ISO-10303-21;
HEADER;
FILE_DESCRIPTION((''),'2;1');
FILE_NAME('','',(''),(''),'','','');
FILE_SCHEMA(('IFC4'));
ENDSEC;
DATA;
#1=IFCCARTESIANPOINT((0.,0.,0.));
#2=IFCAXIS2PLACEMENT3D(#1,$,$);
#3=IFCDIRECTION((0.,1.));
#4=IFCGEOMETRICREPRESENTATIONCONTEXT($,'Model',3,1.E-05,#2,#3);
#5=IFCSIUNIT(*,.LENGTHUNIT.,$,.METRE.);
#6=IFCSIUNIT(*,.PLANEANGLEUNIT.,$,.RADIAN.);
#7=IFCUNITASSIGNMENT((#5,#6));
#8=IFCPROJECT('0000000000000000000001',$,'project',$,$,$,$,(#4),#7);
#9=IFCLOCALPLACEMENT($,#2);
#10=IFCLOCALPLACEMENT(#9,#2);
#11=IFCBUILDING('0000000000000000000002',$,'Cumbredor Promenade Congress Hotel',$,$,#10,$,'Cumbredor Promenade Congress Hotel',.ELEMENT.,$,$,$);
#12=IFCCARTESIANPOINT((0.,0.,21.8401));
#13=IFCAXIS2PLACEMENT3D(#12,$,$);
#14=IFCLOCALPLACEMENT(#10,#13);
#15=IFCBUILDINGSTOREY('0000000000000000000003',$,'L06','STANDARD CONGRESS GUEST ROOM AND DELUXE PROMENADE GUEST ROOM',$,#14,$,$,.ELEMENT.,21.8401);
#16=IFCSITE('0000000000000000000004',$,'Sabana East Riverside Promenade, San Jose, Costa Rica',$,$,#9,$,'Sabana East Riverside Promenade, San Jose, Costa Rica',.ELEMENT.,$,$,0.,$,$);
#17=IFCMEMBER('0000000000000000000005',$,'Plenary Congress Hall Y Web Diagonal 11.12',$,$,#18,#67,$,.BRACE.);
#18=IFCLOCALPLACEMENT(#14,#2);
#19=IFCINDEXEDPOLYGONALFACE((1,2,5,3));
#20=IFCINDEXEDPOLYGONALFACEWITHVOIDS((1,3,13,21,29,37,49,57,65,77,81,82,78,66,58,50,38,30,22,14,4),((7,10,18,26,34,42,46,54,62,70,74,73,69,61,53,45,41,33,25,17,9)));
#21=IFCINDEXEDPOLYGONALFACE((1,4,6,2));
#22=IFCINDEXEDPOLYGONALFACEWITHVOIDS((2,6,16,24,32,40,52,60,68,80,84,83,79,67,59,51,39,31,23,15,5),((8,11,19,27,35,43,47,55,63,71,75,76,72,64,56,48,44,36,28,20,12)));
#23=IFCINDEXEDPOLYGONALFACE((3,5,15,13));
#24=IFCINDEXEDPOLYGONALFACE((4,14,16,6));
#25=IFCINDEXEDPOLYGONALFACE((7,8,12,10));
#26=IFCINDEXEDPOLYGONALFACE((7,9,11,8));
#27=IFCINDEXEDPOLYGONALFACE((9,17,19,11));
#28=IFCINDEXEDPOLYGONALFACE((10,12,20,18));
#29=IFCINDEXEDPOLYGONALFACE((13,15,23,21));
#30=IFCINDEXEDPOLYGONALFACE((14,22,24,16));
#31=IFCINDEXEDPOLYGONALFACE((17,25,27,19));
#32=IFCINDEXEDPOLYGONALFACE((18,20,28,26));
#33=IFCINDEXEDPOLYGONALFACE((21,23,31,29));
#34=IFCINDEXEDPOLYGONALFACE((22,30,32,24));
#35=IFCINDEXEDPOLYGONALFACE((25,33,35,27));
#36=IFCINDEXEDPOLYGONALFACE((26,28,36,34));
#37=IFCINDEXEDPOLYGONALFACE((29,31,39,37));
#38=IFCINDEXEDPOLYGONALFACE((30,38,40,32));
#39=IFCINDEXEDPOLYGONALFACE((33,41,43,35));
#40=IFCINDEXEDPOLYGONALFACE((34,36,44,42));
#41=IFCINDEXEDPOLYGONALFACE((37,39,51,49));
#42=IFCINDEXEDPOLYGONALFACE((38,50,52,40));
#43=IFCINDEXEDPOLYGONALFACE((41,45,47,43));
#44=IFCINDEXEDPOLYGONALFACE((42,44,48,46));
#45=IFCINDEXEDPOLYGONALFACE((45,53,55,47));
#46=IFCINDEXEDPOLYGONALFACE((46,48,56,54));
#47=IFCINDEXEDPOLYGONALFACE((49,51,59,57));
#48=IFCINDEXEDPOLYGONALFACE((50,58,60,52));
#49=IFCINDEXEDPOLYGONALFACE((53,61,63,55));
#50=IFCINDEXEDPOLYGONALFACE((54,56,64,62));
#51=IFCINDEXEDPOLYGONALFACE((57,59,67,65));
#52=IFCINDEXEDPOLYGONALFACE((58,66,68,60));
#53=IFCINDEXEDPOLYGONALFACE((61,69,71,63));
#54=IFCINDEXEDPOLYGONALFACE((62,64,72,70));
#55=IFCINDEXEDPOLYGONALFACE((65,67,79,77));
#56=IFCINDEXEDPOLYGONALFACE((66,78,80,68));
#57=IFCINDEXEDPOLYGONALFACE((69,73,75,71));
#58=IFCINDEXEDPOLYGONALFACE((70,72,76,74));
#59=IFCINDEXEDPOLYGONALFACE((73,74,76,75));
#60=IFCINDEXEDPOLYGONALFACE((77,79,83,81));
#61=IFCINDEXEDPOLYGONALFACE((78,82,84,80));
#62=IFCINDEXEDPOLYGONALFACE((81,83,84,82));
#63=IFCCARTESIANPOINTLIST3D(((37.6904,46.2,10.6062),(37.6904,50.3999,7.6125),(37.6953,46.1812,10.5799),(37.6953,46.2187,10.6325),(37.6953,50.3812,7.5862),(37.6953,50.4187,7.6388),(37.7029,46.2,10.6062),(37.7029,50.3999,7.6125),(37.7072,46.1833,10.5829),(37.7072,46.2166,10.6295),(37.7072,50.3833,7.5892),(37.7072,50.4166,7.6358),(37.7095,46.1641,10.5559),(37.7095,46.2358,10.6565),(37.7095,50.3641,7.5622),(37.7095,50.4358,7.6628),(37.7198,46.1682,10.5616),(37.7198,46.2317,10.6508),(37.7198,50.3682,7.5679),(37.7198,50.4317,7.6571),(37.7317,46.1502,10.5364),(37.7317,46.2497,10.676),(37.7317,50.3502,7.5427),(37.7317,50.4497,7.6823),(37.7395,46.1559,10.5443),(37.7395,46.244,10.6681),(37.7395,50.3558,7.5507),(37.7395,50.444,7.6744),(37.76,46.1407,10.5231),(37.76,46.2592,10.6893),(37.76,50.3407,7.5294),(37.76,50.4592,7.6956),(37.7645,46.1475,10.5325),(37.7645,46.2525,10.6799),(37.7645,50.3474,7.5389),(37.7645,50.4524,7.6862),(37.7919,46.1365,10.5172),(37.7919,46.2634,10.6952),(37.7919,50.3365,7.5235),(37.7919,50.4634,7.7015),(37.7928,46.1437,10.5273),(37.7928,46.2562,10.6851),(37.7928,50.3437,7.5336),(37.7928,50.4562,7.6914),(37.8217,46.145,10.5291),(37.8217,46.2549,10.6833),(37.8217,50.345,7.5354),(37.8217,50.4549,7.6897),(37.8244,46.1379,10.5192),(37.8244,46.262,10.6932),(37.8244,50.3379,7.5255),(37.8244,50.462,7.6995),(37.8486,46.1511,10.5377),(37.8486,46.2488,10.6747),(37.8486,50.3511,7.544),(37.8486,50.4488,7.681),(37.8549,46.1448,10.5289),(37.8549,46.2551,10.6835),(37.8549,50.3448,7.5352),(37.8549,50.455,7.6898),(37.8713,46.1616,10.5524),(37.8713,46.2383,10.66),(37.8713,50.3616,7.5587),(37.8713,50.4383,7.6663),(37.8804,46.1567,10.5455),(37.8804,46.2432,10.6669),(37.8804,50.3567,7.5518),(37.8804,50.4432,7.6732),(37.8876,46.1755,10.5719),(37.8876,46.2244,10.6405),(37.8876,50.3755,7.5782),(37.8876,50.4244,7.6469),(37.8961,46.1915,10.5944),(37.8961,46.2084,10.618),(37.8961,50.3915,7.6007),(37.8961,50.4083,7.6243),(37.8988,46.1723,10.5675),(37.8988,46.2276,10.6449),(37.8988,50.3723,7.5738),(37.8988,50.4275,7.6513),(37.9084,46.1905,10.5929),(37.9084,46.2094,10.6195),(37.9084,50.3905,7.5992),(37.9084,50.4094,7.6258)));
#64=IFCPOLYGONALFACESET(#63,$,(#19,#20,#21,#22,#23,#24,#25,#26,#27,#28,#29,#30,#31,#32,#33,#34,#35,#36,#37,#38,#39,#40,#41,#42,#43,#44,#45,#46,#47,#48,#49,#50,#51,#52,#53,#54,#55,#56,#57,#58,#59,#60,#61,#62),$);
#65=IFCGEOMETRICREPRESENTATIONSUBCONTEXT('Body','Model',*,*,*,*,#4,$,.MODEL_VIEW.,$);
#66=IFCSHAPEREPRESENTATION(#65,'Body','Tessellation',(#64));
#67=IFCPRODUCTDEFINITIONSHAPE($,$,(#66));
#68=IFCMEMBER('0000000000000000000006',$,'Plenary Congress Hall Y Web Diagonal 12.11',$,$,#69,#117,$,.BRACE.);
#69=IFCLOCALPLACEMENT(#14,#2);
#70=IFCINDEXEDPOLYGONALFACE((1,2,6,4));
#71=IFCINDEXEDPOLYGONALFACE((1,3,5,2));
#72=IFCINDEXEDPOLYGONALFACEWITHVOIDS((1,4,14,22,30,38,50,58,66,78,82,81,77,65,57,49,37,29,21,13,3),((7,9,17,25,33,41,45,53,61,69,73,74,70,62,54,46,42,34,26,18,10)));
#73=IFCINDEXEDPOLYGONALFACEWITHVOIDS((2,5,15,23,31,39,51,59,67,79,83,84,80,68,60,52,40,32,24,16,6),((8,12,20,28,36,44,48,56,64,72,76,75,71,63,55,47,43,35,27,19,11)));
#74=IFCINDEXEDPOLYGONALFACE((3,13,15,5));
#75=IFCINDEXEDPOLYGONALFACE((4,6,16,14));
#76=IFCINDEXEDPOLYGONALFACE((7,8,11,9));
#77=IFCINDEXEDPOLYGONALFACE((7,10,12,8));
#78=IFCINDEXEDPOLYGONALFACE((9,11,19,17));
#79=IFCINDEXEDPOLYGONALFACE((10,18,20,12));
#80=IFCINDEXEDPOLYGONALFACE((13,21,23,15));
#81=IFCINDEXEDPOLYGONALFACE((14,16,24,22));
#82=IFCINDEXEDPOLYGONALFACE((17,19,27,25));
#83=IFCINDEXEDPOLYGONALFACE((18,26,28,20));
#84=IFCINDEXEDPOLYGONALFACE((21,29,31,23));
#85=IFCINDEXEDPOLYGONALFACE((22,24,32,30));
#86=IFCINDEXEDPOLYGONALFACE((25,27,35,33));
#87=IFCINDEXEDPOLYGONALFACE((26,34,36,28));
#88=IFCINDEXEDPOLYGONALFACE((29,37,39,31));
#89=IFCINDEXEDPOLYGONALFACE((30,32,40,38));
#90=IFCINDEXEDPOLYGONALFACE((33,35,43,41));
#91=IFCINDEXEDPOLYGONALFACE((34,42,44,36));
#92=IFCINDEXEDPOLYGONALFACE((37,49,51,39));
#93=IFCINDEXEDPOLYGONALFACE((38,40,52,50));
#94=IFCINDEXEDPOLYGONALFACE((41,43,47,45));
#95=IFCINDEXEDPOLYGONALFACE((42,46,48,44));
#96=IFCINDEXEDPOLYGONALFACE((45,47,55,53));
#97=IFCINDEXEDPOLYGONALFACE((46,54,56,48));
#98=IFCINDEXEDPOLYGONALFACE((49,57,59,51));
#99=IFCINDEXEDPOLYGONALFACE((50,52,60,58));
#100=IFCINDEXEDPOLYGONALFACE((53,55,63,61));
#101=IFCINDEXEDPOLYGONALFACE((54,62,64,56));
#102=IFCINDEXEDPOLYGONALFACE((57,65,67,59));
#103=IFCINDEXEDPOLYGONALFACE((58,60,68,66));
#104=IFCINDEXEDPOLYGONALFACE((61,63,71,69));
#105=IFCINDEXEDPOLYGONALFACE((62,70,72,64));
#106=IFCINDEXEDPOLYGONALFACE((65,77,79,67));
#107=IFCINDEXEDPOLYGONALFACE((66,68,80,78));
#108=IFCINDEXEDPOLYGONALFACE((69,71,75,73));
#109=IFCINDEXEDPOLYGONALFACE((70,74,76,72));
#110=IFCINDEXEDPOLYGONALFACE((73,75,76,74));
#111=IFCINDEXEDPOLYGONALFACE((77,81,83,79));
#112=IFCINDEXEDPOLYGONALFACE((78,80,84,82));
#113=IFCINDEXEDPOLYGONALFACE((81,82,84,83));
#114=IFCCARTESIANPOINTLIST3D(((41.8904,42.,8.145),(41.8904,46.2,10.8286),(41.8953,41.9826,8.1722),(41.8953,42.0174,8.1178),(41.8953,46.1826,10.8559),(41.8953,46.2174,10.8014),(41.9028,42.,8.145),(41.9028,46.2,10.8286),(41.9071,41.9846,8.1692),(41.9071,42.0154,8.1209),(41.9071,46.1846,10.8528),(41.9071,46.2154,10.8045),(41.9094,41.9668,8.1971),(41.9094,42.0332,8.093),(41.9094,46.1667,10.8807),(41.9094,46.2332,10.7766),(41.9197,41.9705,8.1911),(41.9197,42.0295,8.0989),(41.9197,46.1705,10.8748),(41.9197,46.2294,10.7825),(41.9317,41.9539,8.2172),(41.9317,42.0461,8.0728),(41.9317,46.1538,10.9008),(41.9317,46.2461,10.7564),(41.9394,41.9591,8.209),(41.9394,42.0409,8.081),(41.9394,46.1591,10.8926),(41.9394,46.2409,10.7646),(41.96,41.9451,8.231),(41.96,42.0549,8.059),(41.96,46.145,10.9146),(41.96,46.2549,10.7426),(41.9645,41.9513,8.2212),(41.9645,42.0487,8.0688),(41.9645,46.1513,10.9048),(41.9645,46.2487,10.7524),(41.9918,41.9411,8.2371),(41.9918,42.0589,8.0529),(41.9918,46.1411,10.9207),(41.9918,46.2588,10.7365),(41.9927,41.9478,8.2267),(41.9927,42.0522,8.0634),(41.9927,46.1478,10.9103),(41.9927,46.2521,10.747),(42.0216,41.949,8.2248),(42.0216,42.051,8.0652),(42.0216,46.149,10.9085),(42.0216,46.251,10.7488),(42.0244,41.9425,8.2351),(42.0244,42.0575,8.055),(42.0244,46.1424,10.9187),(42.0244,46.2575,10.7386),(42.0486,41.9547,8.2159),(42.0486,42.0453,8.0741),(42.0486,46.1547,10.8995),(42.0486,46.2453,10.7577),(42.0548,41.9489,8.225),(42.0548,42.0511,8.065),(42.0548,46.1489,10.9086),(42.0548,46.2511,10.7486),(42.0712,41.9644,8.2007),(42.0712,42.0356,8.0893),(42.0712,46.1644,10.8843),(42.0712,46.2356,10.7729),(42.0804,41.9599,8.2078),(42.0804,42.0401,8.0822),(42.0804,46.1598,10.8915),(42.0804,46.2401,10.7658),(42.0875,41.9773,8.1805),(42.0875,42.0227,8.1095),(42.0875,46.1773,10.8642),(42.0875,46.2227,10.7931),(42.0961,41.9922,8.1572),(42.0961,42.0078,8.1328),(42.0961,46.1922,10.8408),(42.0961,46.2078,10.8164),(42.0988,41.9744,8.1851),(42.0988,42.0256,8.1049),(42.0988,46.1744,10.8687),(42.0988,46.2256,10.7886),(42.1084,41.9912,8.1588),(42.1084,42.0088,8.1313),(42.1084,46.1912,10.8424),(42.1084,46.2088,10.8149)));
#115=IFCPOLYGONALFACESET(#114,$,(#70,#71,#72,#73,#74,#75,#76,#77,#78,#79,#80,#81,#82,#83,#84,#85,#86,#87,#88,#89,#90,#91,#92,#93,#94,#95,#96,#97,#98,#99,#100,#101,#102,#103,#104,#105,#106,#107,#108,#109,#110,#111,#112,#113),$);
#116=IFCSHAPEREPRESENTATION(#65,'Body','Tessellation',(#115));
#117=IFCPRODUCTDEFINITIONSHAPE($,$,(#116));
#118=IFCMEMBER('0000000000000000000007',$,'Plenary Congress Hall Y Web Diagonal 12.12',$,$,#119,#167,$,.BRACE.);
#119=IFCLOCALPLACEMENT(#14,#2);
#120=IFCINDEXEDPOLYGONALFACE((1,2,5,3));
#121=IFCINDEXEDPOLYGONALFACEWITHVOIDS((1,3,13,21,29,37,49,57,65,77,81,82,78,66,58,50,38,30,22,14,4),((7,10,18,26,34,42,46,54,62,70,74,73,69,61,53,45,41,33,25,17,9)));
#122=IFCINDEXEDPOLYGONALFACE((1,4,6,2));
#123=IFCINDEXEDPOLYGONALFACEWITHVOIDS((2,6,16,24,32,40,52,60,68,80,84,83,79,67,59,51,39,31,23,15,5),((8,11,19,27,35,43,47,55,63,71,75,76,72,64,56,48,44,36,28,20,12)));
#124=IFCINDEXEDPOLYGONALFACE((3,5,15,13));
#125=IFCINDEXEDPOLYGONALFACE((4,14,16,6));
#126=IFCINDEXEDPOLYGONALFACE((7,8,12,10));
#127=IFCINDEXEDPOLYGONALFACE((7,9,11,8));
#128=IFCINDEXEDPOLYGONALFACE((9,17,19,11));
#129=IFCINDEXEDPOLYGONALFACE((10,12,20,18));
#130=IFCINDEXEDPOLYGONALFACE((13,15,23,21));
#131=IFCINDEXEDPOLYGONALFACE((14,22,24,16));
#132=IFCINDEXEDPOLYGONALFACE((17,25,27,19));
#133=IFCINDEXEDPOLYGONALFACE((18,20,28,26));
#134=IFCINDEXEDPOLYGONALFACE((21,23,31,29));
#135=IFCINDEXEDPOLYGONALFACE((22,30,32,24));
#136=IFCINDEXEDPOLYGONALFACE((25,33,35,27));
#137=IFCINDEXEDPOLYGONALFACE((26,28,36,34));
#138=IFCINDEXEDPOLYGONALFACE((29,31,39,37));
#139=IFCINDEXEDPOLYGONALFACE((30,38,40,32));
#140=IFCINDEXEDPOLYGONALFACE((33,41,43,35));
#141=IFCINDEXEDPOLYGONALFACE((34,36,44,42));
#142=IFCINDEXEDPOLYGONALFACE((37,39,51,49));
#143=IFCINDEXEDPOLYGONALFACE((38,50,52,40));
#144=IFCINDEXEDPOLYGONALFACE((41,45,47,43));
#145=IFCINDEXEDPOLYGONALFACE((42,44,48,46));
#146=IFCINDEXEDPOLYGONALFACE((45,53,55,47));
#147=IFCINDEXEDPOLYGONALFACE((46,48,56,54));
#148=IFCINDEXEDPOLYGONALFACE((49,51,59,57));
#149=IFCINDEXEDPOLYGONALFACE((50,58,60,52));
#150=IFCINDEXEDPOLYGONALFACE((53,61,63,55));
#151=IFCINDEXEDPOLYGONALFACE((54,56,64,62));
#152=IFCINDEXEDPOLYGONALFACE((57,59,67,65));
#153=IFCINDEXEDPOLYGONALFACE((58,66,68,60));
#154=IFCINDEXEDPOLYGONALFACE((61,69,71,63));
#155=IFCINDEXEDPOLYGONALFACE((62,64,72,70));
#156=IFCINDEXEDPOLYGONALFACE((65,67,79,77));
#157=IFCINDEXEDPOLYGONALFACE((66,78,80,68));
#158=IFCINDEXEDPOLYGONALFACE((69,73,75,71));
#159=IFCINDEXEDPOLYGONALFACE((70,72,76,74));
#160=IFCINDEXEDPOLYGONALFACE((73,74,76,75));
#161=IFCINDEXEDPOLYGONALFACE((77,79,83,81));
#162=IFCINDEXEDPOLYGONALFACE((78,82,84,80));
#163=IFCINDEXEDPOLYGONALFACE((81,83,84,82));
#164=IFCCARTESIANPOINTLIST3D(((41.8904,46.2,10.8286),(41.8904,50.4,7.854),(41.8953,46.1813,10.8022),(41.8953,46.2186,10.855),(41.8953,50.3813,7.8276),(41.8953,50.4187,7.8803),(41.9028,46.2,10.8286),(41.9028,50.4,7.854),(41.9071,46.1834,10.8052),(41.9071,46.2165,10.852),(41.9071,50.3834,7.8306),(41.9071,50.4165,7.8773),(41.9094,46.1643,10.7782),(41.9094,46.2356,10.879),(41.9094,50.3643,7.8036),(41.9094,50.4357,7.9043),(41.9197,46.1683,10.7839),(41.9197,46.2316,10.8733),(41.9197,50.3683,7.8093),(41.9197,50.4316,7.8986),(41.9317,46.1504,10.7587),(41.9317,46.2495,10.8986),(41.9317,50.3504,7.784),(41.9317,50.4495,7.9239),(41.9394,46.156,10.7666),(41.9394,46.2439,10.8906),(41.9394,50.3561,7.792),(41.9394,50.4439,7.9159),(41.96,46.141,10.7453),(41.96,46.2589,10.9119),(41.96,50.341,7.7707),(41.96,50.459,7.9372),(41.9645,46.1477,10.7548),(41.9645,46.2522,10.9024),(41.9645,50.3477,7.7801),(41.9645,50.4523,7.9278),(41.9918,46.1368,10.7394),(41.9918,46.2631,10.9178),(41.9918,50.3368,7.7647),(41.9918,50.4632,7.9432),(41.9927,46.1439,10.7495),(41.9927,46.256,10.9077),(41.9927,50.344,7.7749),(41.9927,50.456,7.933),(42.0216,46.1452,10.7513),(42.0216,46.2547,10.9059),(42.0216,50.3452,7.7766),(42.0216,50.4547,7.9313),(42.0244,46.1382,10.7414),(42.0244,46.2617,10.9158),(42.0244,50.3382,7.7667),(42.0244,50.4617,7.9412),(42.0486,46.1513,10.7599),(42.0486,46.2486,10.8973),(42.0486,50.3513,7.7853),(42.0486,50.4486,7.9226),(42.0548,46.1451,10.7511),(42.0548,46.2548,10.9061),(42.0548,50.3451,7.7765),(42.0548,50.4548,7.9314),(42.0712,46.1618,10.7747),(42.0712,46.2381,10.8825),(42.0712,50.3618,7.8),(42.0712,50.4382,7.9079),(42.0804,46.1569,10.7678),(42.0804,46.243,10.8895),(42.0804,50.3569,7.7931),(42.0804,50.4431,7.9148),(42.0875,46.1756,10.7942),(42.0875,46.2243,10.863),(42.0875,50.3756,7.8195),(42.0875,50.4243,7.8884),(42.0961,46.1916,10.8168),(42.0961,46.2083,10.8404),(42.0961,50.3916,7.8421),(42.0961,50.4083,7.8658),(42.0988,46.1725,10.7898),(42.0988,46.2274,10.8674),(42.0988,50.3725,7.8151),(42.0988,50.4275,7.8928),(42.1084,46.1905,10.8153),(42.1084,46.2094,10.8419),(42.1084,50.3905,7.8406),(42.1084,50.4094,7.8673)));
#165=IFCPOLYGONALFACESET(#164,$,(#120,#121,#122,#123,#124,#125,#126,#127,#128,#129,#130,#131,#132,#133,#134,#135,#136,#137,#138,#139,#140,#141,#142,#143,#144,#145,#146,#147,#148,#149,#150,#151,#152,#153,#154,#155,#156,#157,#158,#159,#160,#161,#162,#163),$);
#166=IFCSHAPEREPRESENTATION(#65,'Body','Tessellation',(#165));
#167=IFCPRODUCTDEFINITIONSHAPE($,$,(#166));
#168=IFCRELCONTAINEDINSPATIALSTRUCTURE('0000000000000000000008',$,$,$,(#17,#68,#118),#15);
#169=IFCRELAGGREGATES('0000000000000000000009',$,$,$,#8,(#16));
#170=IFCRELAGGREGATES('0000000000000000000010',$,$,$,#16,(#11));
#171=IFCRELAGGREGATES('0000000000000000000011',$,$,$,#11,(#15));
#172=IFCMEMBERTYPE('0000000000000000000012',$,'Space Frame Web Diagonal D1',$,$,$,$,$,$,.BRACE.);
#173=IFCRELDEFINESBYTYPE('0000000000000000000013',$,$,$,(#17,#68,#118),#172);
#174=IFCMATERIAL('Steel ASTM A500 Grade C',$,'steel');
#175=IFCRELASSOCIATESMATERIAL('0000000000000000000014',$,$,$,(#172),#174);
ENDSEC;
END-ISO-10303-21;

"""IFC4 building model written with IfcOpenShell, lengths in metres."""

from ifc_helpers import new_model, si_unit, direction, frame, origin, origin_2d, place, context, subcontext, project, spatial, hollow_circle, extrude, material, material_profile, profile_set, type_object, element, save


model = new_model("IFC4")

# Units and contexts
model_context = context("Model", 3, precision=1e-05, world=origin(), true_north=direction((0.0, 1.0)))
body_context = subcontext(model_context, "Body", "Model", "MODEL_VIEW")
ifc_project = project(units=[si_unit("LENGTHUNIT", "METRE"), si_unit("PLANEANGLEUNIT", "RADIAN")], contexts=[model_context])

# Site, building, storey
site_placement = place(None, origin())
site = spatial("IfcSite", under=ifc_project, at=site_placement, Name="Sabana East Riverside Promenade, San Jose, Costa Rica", LongName="Sabana East Riverside Promenade, San Jose, Costa Rica", CompositionType="ELEMENT", RefElevation=0.0)
building_placement = place(site_placement, origin())
building = spatial("IfcBuilding", under=site, at=building_placement, Name="Cumbredor Promenade Congress Hotel", LongName="Cumbredor Promenade Congress Hotel", CompositionType="ELEMENT")
storey_placement = place(building_placement, frame((0.0, 0.0, 21.8401)))
storey = spatial("IfcBuildingStorey", under=building, at=storey_placement, Name="L06", Description="STANDARD CONGRESS GUEST ROOM AND DELUXE PROMENADE GUEST ROOM", CompositionType="ELEMENT", Elevation=21.8401)

# Members
ifc_material_1 = material(Name="Steel ASTM A500 Grade C", Category="steel")
ifc_material_profile_1 = material_profile(ifc_material_1, hollow_circle(Radius=0.1096, WallThickness=0.0125, at=origin_2d()), Name="CHS 219.1x12.5")
ifc_profile_set_1 = profile_set([ifc_material_profile_1], Name="Steel ASTM A500 Grade C")
member_type_1 = type_object("IfcMemberType", Name="Space Frame Web Diagonal D1", PredefinedType="BRACE", material=ifc_profile_set_1)
member_1_placement = place(storey_placement, frame((37.8, 46.2, 10.6062), z_axis=(0.0, 0.814312, -0.580427), x_axis=(-1.0, 0.0, 0.0)))
element("IfcMember", 1, at=member_1_placement, inside=storey, type_object=member_type_1, Name="Plenary Congress Hall Y Web Diagonal 11.12", PredefinedType="BRACE", context=body_context, shape_type="SweptSolid", body=[
    extrude(hollow_circle(Radius=0.1096, WallThickness=0.0125, at=origin_2d()), origin(), (0.0, 0.0, 1.0), 5.1577),
])
member_2_placement = place(storey_placement, frame((42.0, 42.0, 8.145), z_axis=(0.0, 0.84267, 0.538431), x_axis=(-1.0, 0.0, 0.0)))
element("IfcMember", 2, at=member_2_placement, inside=storey, type_object=member_type_1, Name="Plenary Congress Hall Y Web Diagonal 12.11", PredefinedType="BRACE", context=body_context, shape_type="SweptSolid", body=[
    extrude(hollow_circle(Radius=0.1096, WallThickness=0.0125, at=origin_2d()), origin(), (0.0, 0.0, 1.0), 4.9841),
])
member_3_placement = place(storey_placement, frame((42.0, 46.2, 10.8286), z_axis=(0.0, 0.816057, -0.577971), x_axis=(-1.0, 0.0, 0.0)))
element("IfcMember", 3, at=member_3_placement, inside=storey, type_object=member_type_1, Name="Plenary Congress Hall Y Web Diagonal 12.12", PredefinedType="BRACE", context=body_context, shape_type="SweptSolid", body=[
    extrude(hollow_circle(Radius=0.1096, WallThickness=0.0125, at=origin_2d()), origin(), (0.0, 0.0, 1.0), 5.1467),
])

save(model, "model.ifc")
